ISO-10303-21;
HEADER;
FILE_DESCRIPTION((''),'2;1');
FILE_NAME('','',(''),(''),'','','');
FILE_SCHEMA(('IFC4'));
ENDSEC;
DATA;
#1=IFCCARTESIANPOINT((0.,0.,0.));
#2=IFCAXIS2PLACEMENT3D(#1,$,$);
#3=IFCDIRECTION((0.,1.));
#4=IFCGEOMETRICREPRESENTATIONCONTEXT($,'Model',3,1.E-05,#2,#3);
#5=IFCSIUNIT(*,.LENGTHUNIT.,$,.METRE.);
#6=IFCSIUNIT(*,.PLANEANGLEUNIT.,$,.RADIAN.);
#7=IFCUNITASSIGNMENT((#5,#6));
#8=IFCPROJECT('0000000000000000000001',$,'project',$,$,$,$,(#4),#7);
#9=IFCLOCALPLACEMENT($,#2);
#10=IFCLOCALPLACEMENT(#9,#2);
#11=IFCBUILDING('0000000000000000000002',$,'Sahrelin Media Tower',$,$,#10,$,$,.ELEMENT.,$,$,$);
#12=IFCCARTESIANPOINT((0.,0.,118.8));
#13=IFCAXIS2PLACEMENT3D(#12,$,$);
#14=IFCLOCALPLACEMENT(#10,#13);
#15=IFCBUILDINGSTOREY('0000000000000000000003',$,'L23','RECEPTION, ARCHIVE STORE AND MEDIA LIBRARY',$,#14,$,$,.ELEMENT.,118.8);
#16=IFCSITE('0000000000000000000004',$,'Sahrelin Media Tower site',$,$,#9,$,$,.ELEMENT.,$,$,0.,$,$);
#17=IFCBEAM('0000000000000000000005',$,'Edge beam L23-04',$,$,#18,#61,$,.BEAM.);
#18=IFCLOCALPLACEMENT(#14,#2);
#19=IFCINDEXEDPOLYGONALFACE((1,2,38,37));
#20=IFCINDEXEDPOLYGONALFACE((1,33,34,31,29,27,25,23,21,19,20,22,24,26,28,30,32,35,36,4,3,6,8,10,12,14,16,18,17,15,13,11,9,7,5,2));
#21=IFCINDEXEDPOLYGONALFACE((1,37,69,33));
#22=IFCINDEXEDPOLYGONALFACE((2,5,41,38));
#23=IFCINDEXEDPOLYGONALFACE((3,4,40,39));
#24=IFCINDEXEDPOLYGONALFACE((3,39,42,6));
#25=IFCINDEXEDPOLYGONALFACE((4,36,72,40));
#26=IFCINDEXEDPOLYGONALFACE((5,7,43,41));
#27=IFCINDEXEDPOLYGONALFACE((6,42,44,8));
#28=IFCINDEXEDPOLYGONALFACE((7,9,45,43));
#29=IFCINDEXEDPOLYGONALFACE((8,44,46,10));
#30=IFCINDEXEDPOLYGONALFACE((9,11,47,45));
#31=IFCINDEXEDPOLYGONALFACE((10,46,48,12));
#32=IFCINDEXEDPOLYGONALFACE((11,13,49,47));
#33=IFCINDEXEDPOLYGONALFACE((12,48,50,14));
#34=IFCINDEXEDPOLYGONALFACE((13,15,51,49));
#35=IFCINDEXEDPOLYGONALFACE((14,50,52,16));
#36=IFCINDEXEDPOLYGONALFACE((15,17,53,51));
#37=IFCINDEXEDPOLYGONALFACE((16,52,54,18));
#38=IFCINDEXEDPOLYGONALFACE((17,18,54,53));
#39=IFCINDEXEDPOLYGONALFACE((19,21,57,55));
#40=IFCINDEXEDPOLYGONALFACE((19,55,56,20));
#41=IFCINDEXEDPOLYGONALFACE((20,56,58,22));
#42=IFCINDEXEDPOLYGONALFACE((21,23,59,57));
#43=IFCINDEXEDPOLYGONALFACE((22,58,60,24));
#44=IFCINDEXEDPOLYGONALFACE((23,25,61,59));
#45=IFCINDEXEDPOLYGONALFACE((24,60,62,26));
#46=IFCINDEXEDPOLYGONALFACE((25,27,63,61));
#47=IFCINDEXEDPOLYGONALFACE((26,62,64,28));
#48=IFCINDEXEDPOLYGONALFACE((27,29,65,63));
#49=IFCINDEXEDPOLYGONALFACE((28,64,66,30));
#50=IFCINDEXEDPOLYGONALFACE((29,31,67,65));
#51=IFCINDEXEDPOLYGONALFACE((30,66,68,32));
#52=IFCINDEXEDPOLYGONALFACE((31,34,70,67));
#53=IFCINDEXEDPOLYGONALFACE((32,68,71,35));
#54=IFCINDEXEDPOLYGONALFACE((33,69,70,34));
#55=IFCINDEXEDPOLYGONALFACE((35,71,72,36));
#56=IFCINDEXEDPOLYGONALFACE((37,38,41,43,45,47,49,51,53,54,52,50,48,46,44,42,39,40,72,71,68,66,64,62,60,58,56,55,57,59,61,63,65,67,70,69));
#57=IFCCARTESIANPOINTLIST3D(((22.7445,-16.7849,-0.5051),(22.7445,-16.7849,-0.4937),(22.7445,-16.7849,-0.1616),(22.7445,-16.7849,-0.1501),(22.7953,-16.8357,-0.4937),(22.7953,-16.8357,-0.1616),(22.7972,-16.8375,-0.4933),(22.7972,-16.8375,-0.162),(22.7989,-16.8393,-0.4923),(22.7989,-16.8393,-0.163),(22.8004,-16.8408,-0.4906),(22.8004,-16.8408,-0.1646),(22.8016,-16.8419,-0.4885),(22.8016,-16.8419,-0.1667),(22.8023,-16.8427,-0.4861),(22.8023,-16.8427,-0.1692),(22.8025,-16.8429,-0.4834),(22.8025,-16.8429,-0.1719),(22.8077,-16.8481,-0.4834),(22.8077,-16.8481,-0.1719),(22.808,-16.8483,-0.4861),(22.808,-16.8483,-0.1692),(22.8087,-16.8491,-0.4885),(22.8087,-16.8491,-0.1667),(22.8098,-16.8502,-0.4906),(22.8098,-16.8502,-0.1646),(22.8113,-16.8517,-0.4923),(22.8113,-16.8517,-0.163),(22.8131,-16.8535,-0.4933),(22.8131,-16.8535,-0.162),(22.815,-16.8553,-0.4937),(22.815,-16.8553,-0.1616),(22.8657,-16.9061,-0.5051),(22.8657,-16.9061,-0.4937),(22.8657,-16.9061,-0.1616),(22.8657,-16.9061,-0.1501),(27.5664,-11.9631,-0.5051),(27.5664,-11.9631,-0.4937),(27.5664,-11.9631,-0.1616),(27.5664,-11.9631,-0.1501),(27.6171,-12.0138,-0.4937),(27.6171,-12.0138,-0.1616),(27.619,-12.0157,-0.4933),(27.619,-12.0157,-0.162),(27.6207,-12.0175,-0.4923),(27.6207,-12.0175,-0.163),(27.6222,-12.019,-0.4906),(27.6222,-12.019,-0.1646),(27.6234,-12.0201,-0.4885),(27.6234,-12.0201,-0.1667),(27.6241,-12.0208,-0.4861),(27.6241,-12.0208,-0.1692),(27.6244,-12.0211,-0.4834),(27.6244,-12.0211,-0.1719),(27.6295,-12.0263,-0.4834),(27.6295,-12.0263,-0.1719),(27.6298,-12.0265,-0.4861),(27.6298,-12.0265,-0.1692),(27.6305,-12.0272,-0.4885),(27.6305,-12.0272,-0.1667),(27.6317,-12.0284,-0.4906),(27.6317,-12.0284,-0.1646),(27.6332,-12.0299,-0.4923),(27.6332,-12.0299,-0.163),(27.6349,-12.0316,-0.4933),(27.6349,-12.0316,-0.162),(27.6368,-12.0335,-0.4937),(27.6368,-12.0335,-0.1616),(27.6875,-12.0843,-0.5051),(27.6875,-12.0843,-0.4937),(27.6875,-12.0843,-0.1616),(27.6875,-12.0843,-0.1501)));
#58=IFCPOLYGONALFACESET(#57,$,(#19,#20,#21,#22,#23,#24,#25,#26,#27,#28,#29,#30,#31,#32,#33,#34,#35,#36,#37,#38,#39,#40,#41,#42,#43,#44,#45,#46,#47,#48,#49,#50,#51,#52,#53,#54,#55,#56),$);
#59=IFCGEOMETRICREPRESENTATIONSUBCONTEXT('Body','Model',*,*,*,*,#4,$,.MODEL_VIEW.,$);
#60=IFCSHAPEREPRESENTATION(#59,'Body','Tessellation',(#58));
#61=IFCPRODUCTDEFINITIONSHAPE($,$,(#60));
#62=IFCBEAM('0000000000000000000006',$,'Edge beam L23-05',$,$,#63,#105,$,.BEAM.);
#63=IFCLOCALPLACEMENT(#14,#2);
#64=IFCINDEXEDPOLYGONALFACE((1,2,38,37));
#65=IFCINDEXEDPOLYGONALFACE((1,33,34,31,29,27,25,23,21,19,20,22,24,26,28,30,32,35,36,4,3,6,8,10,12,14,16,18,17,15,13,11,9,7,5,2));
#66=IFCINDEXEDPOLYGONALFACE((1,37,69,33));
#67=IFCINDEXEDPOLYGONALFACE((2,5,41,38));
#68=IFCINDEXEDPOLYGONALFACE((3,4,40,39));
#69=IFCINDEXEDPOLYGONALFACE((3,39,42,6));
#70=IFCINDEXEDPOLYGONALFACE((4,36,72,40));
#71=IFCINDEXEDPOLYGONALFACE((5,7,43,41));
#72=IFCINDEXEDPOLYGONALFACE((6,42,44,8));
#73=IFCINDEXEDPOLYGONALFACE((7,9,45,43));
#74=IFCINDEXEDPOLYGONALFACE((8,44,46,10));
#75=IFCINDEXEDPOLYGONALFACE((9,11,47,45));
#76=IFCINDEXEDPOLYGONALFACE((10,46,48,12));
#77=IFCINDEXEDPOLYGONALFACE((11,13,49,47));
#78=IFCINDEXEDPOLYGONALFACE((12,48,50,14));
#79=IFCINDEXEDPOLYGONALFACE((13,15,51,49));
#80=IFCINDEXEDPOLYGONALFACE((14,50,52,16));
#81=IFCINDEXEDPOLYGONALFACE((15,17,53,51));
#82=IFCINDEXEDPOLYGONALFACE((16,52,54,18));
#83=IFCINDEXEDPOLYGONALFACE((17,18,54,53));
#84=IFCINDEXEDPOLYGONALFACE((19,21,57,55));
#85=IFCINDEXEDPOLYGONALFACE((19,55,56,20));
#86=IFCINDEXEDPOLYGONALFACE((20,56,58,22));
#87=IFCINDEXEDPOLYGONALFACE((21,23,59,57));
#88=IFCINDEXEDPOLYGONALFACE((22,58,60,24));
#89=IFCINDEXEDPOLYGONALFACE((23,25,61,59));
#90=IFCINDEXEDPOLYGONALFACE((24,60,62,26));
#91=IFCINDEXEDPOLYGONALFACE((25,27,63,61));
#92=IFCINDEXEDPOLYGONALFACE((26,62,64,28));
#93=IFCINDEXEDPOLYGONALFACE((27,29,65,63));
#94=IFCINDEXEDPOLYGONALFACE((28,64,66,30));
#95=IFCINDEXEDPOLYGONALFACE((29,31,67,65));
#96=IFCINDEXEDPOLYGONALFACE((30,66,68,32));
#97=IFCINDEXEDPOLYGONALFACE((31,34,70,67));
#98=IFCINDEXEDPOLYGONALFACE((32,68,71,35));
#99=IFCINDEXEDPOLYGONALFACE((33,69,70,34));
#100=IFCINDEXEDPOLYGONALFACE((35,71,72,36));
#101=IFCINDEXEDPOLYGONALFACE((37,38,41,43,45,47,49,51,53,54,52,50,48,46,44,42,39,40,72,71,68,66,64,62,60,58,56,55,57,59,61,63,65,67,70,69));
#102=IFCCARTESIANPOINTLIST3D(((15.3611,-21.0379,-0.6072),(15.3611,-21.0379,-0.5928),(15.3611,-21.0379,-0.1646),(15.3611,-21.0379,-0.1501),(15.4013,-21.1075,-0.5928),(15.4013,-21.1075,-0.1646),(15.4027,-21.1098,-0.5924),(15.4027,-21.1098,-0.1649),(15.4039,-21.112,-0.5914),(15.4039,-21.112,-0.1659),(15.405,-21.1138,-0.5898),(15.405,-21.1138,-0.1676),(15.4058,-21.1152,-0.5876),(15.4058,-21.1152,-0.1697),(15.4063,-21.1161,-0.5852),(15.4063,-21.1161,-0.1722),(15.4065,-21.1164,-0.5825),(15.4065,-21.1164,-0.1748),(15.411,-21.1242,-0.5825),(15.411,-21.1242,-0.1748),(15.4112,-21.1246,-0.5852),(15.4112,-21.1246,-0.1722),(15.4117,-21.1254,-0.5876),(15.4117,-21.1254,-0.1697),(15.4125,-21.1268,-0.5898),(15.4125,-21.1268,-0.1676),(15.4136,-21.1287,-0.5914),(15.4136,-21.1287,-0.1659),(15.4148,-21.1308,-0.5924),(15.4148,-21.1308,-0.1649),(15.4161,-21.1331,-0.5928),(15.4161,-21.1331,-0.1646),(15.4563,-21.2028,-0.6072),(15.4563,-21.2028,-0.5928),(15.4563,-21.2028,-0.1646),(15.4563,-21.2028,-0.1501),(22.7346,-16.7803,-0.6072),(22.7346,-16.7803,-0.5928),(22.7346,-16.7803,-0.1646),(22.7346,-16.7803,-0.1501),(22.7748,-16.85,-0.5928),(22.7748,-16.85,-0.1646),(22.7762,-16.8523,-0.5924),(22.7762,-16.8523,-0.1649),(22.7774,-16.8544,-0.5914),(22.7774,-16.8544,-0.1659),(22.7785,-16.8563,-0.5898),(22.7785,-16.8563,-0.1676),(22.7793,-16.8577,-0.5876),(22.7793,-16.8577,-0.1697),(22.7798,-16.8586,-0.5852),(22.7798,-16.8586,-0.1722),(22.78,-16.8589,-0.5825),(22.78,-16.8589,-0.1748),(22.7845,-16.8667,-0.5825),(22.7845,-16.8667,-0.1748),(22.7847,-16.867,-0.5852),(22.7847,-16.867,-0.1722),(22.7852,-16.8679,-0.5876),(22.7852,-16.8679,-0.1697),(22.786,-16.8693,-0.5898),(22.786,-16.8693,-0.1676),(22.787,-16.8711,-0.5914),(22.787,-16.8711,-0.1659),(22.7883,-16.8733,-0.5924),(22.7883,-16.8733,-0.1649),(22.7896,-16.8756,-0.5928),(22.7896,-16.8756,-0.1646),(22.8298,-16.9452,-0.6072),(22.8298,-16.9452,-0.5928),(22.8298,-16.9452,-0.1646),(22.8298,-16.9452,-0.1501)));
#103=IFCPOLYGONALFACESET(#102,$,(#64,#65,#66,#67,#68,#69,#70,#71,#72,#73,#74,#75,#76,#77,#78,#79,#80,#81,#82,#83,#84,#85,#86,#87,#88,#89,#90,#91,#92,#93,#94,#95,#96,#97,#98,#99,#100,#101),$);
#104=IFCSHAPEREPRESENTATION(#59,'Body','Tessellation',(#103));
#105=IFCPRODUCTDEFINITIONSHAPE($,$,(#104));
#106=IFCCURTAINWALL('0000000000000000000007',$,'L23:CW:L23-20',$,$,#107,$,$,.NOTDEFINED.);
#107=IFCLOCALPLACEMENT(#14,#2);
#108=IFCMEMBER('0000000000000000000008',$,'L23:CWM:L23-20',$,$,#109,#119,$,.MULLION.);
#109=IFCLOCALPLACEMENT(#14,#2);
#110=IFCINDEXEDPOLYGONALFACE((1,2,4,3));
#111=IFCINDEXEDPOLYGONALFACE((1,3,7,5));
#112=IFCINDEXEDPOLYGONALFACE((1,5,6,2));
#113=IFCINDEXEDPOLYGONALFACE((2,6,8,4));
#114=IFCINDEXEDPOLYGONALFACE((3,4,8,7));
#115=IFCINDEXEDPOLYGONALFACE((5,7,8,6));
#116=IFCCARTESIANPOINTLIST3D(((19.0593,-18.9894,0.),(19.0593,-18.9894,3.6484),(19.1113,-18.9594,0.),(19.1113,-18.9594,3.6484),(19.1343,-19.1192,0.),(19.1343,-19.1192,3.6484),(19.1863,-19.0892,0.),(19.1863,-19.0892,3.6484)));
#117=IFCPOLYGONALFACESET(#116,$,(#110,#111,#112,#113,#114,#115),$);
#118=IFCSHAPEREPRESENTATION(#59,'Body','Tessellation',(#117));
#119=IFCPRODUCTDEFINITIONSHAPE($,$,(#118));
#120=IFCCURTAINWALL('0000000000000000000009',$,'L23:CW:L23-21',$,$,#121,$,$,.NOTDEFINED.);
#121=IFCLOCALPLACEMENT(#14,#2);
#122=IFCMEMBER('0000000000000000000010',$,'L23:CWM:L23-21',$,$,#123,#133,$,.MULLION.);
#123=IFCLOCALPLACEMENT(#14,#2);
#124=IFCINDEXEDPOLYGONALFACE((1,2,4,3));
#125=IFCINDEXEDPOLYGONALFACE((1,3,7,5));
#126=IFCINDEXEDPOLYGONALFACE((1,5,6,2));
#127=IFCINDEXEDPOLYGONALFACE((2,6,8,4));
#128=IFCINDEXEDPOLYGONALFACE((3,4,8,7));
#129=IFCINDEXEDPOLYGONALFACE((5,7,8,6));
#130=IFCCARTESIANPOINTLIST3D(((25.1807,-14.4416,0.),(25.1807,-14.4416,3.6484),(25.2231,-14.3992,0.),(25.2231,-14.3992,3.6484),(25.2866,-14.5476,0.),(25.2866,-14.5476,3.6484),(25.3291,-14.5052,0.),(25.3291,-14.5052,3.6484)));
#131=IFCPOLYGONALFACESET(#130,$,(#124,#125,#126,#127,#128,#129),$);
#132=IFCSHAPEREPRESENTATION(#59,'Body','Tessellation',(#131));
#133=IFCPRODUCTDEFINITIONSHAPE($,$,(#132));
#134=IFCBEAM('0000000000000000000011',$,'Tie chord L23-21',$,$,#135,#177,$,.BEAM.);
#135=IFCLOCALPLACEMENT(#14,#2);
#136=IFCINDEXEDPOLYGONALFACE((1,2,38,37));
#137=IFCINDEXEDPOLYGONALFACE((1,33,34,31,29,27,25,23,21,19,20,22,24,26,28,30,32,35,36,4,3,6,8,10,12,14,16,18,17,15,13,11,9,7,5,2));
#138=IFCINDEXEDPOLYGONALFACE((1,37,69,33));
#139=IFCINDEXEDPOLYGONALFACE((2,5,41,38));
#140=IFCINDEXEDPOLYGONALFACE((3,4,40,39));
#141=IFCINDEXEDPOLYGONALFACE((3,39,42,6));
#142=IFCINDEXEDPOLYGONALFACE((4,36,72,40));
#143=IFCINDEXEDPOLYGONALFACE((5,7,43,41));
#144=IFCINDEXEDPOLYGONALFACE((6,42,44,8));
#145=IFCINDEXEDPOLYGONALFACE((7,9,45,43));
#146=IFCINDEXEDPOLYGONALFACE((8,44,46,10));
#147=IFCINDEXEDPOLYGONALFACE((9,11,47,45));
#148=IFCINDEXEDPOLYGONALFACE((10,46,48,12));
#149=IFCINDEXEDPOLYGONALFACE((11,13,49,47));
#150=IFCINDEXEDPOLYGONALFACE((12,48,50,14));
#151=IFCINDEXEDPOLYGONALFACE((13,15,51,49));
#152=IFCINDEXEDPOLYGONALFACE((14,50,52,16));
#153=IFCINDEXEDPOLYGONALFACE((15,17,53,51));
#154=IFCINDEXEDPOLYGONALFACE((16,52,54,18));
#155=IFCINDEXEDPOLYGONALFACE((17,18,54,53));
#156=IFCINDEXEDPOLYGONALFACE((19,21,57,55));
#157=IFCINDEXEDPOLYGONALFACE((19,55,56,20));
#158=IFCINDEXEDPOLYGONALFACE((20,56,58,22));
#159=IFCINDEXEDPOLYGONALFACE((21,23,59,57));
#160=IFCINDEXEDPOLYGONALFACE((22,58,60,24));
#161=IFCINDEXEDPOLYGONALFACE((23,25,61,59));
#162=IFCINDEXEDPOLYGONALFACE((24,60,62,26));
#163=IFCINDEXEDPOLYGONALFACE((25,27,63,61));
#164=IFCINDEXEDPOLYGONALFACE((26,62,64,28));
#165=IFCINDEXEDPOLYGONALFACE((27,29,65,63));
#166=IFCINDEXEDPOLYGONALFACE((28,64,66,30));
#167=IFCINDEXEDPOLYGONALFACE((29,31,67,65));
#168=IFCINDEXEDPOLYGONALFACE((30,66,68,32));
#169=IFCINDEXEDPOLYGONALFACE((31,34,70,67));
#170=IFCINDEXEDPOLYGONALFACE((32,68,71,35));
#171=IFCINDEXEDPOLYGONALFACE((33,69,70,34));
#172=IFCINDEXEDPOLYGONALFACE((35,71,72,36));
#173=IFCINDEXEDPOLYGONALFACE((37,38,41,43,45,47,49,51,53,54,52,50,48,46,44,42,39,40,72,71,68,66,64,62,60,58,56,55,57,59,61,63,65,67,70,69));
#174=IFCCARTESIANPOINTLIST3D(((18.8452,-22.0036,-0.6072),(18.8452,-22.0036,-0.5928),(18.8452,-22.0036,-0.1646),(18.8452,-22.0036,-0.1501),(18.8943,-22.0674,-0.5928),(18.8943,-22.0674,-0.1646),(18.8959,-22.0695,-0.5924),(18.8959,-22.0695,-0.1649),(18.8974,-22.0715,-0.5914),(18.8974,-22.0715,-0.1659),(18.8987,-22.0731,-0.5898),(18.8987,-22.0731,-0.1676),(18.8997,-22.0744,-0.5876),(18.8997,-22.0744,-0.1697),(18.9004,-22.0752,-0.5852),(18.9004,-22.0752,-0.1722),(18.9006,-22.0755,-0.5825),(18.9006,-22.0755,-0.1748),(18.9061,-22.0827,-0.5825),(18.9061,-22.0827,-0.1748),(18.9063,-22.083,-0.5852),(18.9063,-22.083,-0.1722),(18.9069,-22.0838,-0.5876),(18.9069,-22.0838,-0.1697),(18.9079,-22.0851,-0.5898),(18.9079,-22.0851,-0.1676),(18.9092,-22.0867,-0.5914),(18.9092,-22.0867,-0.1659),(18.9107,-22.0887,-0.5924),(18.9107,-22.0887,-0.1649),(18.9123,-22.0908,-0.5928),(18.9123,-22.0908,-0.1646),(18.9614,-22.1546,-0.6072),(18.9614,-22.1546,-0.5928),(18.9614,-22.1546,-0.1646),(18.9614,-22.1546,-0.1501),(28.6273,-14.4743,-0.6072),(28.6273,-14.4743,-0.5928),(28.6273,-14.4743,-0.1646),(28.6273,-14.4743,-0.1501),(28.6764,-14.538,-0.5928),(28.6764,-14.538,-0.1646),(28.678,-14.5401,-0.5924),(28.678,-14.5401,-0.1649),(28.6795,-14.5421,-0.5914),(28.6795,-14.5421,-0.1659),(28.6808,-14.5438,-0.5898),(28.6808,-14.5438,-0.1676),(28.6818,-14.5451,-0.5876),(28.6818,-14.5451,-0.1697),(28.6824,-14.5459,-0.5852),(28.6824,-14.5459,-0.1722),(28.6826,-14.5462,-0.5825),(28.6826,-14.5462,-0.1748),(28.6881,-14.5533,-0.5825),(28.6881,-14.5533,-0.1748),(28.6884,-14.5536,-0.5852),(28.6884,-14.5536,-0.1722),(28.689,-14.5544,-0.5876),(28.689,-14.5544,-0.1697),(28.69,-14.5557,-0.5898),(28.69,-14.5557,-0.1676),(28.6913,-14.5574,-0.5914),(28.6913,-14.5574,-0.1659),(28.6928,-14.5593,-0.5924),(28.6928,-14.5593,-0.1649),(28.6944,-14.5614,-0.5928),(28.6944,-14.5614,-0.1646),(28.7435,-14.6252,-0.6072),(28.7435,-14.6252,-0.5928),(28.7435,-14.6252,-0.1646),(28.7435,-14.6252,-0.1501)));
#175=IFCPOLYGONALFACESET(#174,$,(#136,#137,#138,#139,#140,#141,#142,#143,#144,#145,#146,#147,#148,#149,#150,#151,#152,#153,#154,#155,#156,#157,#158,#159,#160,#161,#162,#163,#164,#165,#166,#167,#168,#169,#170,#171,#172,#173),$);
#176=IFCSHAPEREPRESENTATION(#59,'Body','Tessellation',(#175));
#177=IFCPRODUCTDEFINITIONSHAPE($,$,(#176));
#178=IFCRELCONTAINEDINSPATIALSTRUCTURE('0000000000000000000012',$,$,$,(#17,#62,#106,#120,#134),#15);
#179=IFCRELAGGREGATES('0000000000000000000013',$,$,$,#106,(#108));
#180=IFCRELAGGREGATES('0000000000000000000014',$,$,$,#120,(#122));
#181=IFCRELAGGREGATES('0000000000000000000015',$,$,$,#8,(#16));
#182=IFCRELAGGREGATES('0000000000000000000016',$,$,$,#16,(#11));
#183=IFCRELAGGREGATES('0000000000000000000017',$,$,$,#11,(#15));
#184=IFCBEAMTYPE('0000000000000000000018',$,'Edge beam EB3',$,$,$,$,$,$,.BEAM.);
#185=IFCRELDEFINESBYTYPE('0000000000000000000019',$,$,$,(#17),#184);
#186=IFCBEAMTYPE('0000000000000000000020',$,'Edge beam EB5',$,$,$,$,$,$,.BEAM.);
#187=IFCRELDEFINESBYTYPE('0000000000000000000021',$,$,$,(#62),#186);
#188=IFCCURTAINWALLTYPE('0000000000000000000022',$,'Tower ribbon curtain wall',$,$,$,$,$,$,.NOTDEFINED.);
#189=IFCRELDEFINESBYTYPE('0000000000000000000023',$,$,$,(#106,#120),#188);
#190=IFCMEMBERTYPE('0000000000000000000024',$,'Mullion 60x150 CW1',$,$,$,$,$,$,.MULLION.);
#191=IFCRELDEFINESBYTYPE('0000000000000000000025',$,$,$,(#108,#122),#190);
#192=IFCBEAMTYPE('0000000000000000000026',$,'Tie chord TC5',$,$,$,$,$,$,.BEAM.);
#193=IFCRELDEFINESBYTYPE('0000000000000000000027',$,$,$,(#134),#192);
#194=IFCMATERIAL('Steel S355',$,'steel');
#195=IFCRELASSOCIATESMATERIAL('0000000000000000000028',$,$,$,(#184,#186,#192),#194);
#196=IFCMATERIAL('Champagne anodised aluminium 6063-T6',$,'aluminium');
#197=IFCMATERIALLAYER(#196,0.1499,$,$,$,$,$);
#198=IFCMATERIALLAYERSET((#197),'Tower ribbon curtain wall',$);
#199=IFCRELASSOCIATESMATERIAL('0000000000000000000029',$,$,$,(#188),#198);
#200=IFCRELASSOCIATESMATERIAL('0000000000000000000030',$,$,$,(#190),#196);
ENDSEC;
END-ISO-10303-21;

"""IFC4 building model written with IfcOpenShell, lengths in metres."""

from ifc_helpers import new_model, si_unit, direction, frame, origin, origin_2d, place, context, subcontext, project, spatial, rectangle, i_section, extrude, material, layer, layer_set, material_profile, profile_set, type_object, element, aggregate, save


model = new_model("IFC4")

# Units and contexts
model_context = context("Model", 3, precision=1e-05, world=origin(), true_north=direction((0.0, 1.0)))
body_context = subcontext(model_context, "Body", "Model", "MODEL_VIEW")
ifc_project = project(units=[si_unit("LENGTHUNIT", "METRE"), si_unit("PLANEANGLEUNIT", "RADIAN")], contexts=[model_context])

# Site, building, storey
site_placement = place(None, origin())
site = spatial("IfcSite", under=ifc_project, at=site_placement, Name="Sahrelin Media Tower site", CompositionType="ELEMENT", RefElevation=0.0)
building_placement = place(site_placement, origin())
building = spatial("IfcBuilding", under=site, at=building_placement, Name="Sahrelin Media Tower", CompositionType="ELEMENT")
storey_placement = place(building_placement, frame((0.0, 0.0, 118.8)))
storey = spatial("IfcBuildingStorey", under=building, at=storey_placement, Name="L23", Description="RECEPTION, ARCHIVE STORE AND MEDIA LIBRARY", CompositionType="ELEMENT", Elevation=118.8)

# Beams
ifc_material_1 = material(Name="Steel S355", Category="steel")
ifc_material_profile_1 = material_profile(ifc_material_1, i_section(OverallWidth=0.1714, OverallDepth=0.355, WebThickness=0.0073, FlangeThickness=0.0115, FilletRadius=0.0103, at=origin_2d()), Name="UB 356x171x51")
ifc_profile_set_1 = profile_set([ifc_material_profile_1], Name="Steel S355")
beam_type_1 = type_object("IfcBeamType", Name="Edge beam EB3", PredefinedType="BEAM", material=ifc_profile_set_1)
beam_1_placement = place(storey_placement, frame((27.627, -12.0237, -0.3276), z_axis=(-0.707107, -0.707107, 0.0), x_axis=(0.707107, -0.707107, 0.0)))
element("IfcBeam", 1, at=beam_1_placement, inside=storey, type_object=beam_type_1, Name="Edge beam L23-04", PredefinedType="BEAM", context=body_context, shape_type="SweptSolid", body=[
    extrude(i_section(OverallWidth=0.1714, OverallDepth=0.355, WebThickness=0.0073, FlangeThickness=0.0115, FilletRadius=0.0103, at=origin_2d()), origin(), (0.0, 0.0, 1.0), 6.8191),
])
ifc_material_profile_2 = material_profile(ifc_material_1, i_section(OverallWidth=0.1904, OverallDepth=0.457, WebThickness=0.009, FlangeThickness=0.0144, FilletRadius=0.0103, at=origin_2d()), Name="UB 457x191x74")
ifc_profile_set_2 = profile_set([ifc_material_profile_2], Name="Steel S355")
beam_type_2 = type_object("IfcBeamType", Name="Edge beam EB5", PredefinedType="BEAM", material=ifc_profile_set_2)
beam_2_placement = place(storey_placement, frame((22.7822, -16.8628, -0.3787), z_axis=(-0.866002, -0.50004, 0.0), x_axis=(0.50004, -0.866002, 0.0)))
element("IfcBeam", 2, at=beam_2_placement, inside=storey, type_object=beam_type_2, Name="Edge beam L23-05", PredefinedType="BEAM", context=body_context, shape_type="SweptSolid", body=[
    extrude(i_section(OverallWidth=0.1904, OverallDepth=0.457, WebThickness=0.009, FlangeThickness=0.0144, FilletRadius=0.0103, at=origin_2d()), origin(), (0.0, 0.0, 1.0), 8.5144),
])

# Curtain walls, members
ifc_material_2 = material(Name="Champagne anodised aluminium 6063-T6", Category="aluminium")
ifc_layer_1 = layer(ifc_material_2, 0.1499)
ifc_layer_set_1 = layer_set([ifc_layer_1], Name="Tower ribbon curtain wall")
curtain_wall_type = type_object("IfcCurtainWallType", Name="Tower ribbon curtain wall", PredefinedType="NOTDEFINED", material=ifc_layer_set_1)
curtain_wall_1_placement = place(storey_placement, frame((19.1704, -19.1216, 0.0), z_axis=(0.0, 0.0, 1.0), x_axis=(1.0, 0.0, 0.0)))
curtain_wall_1 = element("IfcCurtainWall", 3, at=curtain_wall_1_placement, inside=storey, type_object=curtain_wall_type, Name="L23:CW:L23-20", PredefinedType="NOTDEFINED")
ifc_material_profile_3 = material_profile(ifc_material_2, rectangle(XDim=0.0601, YDim=0.1499, at=origin_2d()), Name="Mullion 60x150")
ifc_profile_set_3 = profile_set([ifc_material_profile_3], Name="Champagne anodised aluminium 6063-T6")
member_type_1 = type_object("IfcMemberType", Name="Mullion 60x150 CW1", PredefinedType="MULLION", material=ifc_profile_set_3)
member_1_placement = place(storey_placement, frame((19.1228, -19.0393, 0.0), z_axis=(0.0, 0.0, 1.0), x_axis=(0.86602, 0.500009, 0.0)))
member_1 = element("IfcMember", 4, at=member_1_placement, type_object=member_type_1, Name="L23:CWM:L23-20", PredefinedType="MULLION", context=body_context, shape_type="SweptSolid", body=[
    extrude(rectangle(XDim=0.0601, YDim=0.1499, at=origin_2d()), origin(), (0.0, 0.0, 1.0), 3.6484),
])
curtain_wall_2_placement = place(storey_placement, frame((25.322, -14.5405, 0.0), z_axis=(0.0, 0.0, 1.0), x_axis=(1.0, 0.0, 0.0)))
curtain_wall_2 = element("IfcCurtainWall", 5, at=curtain_wall_2_placement, inside=storey, type_object=curtain_wall_type, Name="L23:CW:L23-21", PredefinedType="NOTDEFINED")
member_2_placement = place(storey_placement, frame((25.2549, -14.4734, 0.0), z_axis=(0.0, 0.0, 1.0), x_axis=(0.707107, 0.707107, 0.0)))
member_2 = element("IfcMember", 6, at=member_2_placement, type_object=member_type_1, Name="L23:CWM:L23-21", PredefinedType="MULLION", context=body_context, shape_type="SweptSolid", body=[
    extrude(rectangle(XDim=0.0601, YDim=0.1499, at=origin_2d()), origin(), (0.0, 0.0, 1.0), 3.6484),
])

# Beam
ifc_material_profile_4 = material_profile(ifc_material_1, i_section(OverallWidth=0.1904, OverallDepth=0.457, WebThickness=0.009, FlangeThickness=0.0144, FilletRadius=0.0103, at=origin_2d()), Name="UB 457x191x74")
ifc_profile_set_4 = profile_set([ifc_material_profile_4], Name="Steel S355")
beam_type_3 = type_object("IfcBeamType", Name="Tie chord TC5", PredefinedType="BEAM", material=ifc_profile_set_4)
beam_3_placement = place(storey_placement, frame((18.9033, -22.0791, -0.3787), z_axis=(0.79244, 0.60995, 0.0), x_axis=(-0.60995, 0.79244, 0.0)))
element("IfcBeam", 7, at=beam_3_placement, inside=storey, type_object=beam_type_3, Name="Tie chord L23-21", PredefinedType="BEAM", context=body_context, shape_type="SweptSolid", body=[
    extrude(i_section(OverallWidth=0.1904, OverallDepth=0.457, WebThickness=0.009, FlangeThickness=0.0144, FilletRadius=0.0103, at=origin_2d()), origin(), (0.0, 0.0, 1.0), 12.3442),
])

aggregate(curtain_wall_1, [member_1])
aggregate(curtain_wall_2, [member_2])

save(model, "model.ifc")
